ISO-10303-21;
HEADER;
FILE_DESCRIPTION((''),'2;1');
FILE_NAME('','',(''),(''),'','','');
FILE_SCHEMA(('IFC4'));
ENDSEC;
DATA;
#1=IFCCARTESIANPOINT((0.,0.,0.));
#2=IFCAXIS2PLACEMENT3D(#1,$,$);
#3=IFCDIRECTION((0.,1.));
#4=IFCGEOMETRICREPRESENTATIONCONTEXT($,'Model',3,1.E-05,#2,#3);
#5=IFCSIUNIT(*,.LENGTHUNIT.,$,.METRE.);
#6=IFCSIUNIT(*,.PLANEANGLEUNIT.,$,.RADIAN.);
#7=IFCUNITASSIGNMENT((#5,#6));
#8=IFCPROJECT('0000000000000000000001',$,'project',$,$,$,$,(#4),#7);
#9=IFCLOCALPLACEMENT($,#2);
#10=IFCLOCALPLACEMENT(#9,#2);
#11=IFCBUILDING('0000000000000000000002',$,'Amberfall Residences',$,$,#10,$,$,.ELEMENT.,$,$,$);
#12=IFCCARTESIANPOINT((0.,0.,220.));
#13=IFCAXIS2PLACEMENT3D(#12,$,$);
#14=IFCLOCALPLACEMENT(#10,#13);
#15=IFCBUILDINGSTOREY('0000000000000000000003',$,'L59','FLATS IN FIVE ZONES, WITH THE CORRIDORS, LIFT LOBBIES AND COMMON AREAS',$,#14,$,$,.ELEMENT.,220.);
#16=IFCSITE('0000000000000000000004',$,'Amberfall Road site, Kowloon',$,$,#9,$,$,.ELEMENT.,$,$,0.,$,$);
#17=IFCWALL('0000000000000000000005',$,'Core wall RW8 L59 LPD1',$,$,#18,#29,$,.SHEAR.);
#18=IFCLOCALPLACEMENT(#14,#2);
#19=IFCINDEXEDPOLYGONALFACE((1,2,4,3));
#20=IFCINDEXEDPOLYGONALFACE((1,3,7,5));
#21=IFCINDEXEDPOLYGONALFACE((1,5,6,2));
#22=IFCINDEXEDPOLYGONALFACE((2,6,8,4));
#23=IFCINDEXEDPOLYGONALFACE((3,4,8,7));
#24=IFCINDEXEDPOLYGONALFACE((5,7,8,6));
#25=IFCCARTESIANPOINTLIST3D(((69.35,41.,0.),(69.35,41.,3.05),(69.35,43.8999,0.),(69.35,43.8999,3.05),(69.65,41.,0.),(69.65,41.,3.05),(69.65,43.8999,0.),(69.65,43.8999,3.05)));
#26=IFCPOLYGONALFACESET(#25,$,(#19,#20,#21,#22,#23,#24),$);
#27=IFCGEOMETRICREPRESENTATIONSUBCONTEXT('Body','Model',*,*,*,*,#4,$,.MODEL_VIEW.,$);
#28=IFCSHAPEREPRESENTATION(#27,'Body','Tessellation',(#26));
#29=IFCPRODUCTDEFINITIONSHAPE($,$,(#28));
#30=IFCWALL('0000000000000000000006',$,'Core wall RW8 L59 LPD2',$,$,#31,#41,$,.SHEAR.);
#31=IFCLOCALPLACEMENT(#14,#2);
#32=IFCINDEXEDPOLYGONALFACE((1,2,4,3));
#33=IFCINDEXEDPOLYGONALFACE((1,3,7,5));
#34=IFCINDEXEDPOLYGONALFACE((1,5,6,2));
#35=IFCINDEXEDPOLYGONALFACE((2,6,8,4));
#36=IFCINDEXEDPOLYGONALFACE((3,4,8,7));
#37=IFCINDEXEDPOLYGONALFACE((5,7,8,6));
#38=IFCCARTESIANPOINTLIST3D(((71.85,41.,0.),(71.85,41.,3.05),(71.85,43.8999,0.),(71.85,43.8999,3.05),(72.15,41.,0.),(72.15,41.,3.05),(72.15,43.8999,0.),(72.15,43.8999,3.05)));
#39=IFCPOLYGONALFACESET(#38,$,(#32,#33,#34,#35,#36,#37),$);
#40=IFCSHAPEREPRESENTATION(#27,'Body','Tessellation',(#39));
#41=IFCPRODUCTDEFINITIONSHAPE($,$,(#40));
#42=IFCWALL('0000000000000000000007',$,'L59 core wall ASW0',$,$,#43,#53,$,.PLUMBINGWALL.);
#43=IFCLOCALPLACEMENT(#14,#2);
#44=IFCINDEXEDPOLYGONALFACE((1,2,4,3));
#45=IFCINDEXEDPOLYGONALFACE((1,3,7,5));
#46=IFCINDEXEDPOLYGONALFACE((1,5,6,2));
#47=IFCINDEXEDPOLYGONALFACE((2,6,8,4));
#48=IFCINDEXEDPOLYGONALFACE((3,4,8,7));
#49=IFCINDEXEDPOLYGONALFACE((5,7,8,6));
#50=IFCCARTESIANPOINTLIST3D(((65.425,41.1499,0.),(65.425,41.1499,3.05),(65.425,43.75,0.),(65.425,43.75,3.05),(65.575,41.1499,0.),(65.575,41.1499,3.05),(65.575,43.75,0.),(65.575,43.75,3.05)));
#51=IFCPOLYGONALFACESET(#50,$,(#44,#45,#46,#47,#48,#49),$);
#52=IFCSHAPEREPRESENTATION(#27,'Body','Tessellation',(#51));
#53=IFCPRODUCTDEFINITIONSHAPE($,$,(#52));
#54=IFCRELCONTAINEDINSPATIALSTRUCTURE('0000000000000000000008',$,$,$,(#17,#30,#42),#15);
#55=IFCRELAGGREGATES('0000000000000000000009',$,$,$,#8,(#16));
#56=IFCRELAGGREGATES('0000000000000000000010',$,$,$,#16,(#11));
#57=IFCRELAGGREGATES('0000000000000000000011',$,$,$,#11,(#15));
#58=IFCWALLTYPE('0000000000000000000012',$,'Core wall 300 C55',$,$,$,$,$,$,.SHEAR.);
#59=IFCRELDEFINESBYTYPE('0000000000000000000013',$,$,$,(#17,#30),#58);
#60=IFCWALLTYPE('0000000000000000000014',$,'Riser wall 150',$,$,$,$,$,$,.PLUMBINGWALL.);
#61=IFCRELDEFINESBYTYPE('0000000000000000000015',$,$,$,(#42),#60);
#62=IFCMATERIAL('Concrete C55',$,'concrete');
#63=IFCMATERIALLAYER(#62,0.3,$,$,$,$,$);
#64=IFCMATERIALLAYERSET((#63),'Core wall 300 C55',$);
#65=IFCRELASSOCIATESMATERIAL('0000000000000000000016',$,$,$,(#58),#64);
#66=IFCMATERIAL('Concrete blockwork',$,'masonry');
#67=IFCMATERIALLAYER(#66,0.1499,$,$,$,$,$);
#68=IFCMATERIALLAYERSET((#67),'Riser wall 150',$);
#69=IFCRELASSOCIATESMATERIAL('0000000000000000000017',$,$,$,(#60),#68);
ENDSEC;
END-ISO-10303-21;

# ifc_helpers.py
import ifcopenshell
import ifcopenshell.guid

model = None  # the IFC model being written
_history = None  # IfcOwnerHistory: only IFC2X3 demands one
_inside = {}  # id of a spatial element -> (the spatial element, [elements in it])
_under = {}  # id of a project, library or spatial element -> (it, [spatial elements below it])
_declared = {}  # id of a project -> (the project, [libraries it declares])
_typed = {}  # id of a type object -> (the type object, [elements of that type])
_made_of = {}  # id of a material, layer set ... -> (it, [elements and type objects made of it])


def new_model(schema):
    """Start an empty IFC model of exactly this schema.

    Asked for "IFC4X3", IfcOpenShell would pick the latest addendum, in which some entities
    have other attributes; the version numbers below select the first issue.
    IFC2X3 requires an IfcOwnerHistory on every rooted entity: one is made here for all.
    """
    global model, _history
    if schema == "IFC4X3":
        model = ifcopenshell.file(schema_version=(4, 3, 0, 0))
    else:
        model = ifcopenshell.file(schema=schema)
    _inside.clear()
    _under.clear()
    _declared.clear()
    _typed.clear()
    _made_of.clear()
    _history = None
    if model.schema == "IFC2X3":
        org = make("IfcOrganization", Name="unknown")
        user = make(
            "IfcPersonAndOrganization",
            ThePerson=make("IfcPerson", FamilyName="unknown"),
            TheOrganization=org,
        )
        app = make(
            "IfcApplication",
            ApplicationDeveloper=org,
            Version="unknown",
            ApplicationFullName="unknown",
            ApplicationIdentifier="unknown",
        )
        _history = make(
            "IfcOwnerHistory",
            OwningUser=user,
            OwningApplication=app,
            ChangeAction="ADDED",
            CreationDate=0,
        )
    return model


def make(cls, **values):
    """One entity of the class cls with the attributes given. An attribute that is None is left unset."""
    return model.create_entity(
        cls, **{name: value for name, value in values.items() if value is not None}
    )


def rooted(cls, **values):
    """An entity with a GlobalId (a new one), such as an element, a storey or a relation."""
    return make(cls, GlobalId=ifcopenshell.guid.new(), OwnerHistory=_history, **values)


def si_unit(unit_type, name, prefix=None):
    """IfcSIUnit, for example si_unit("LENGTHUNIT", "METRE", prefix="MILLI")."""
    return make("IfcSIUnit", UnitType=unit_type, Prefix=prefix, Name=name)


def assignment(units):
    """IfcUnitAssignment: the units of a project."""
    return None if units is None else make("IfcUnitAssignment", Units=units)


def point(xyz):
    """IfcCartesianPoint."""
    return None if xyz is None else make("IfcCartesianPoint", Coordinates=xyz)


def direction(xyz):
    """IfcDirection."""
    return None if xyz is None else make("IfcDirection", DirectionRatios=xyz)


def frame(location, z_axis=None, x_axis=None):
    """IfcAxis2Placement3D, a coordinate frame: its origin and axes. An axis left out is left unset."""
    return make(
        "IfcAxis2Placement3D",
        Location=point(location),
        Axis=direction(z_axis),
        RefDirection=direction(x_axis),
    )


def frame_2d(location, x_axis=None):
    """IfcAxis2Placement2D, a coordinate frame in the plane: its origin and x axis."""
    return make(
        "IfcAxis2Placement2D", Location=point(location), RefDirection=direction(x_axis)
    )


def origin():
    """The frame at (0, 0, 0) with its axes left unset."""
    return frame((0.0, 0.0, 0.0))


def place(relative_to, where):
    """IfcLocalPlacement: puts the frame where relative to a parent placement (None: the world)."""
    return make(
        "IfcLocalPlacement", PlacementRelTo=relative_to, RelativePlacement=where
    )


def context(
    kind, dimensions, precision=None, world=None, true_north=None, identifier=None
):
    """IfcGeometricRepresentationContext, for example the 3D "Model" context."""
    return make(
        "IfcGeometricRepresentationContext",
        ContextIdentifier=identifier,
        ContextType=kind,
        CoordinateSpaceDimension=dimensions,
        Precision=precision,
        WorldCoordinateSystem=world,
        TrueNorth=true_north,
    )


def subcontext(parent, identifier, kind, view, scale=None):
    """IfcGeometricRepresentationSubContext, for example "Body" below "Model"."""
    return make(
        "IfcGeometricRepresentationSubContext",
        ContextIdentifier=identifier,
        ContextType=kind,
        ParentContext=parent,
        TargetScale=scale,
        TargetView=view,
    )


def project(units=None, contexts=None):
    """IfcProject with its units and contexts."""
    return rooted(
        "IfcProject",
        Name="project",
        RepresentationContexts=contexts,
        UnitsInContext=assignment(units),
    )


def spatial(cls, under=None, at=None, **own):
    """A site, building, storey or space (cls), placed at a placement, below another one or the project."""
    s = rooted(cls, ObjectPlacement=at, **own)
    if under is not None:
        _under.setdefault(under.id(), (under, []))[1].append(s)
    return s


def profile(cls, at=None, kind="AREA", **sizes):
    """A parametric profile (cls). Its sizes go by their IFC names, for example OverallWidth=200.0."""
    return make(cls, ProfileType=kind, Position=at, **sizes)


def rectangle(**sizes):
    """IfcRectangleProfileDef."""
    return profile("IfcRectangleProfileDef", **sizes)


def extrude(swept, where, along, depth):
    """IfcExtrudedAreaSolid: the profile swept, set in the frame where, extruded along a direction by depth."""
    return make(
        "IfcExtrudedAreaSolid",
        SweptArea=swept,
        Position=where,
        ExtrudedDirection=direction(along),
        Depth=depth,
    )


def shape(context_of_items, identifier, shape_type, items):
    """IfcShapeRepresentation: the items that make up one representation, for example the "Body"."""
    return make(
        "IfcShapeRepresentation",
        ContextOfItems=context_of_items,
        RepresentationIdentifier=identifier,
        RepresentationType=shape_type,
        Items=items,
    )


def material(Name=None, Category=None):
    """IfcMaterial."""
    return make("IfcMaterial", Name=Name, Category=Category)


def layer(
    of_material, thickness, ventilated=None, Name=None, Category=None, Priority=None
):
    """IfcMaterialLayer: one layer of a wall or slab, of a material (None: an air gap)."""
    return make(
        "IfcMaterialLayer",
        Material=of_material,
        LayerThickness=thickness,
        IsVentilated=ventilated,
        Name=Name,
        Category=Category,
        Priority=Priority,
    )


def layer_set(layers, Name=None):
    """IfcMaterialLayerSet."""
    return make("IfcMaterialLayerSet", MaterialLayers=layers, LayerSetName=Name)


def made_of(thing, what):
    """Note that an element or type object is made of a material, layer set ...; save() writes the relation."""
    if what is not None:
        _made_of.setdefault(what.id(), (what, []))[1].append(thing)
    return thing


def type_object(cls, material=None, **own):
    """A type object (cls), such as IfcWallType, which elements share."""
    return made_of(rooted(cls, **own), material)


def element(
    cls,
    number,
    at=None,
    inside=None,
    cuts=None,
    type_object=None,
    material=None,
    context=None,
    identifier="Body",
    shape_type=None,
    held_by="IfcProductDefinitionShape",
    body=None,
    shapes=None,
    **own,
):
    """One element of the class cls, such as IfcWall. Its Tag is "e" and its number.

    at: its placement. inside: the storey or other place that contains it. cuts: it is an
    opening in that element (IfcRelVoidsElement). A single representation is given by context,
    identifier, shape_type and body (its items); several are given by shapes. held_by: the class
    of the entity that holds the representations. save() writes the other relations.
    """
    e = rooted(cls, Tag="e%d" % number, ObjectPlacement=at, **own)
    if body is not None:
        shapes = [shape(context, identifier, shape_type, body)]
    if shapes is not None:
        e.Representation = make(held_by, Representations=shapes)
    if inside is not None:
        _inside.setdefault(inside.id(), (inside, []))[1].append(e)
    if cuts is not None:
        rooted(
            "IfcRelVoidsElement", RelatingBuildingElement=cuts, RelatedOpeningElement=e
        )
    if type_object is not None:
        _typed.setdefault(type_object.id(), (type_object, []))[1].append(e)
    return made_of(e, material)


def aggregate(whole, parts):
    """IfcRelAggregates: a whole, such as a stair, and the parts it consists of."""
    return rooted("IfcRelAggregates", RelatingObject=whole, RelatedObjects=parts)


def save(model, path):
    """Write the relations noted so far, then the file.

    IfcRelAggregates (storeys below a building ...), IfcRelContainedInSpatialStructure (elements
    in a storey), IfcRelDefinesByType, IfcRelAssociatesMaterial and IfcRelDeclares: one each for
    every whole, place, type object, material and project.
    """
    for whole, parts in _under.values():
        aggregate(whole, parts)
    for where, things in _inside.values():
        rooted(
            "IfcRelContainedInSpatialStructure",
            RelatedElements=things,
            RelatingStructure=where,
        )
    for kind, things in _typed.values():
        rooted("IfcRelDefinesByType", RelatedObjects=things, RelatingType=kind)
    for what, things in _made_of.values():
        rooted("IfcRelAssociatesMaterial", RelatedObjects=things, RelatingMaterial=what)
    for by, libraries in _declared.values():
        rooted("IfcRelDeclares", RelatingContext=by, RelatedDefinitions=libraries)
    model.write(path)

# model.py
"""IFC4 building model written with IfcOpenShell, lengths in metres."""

from ifc_helpers import new_model, si_unit, direction, frame, frame_2d, origin, place, context, subcontext, project, spatial, rectangle, extrude, material, layer, layer_set, type_object, element, save


model = new_model("IFC4")

# Units and contexts
model_context = context("Model", 3, precision=1e-05, world=origin(), true_north=direction((0.0, 1.0)))
body_context = subcontext(model_context, "Body", "Model", "MODEL_VIEW")
ifc_project = project(units=[si_unit("LENGTHUNIT", "METRE"), si_unit("PLANEANGLEUNIT", "RADIAN")], contexts=[model_context])

# Site, building, storey
site_placement = place(None, origin())
site = spatial("IfcSite", under=ifc_project, at=site_placement, Name="Amberfall Road site, Kowloon", CompositionType="ELEMENT", RefElevation=0.0)
building_placement = place(site_placement, origin())
building = spatial("IfcBuilding", under=site, at=building_placement, Name="Amberfall Residences", CompositionType="ELEMENT")
storey_placement = place(building_placement, frame((0.0, 0.0, 220.0)))
storey = spatial("IfcBuildingStorey", under=building, at=storey_placement, Name="L59", Description="FLATS IN FIVE ZONES, WITH THE CORRIDORS, LIFT LOBBIES AND COMMON AREAS", CompositionType="ELEMENT", Elevation=220.0)

# Shared definitions
ifc_material_1 = material(Name="Concrete C55", Category="concrete")
ifc_layer_1 = layer(ifc_material_1, 0.3)
ifc_layer_set_1 = layer_set([ifc_layer_1], Name="Core wall 300 C55")
wall_type_1 = type_object("IfcWallType", Name="Core wall 300 C55", PredefinedType="SHEAR", material=ifc_layer_set_1)

# Walls
for number, where, z_axis, x_axis, name in (
    (1, (69.5, 41.0, 0.0), (0.0, 0.0, 1.0), (0.0, 1.0, 0.0), "Core wall RW8 L59 LPD1"),
    (2, (72.0, 41.0, 0.0), (0.0, 0.0, 1.0), (0.0, 1.0, 0.0), "Core wall RW8 L59 LPD2"),
):
    element("IfcWall", number, at=place(storey_placement, frame(where, z_axis=z_axis, x_axis=x_axis)), inside=storey, type_object=wall_type_1, Name=name, PredefinedType="SHEAR", context=body_context, shape_type="SweptSolid", body=[
        extrude(rectangle(XDim=2.8999, YDim=0.3, at=frame_2d((1.45, 0.0))), origin(), (0.0, 0.0, 1.0), 3.05),
    ])
ifc_material_2 = material(Name="Concrete blockwork", Category="masonry")
ifc_layer_2 = layer(ifc_material_2, 0.1499)
ifc_layer_set_2 = layer_set([ifc_layer_2], Name="Riser wall 150")
wall_type_2 = type_object("IfcWallType", Name="Riser wall 150", PredefinedType="PLUMBINGWALL", material=ifc_layer_set_2)
wall_1_placement = place(storey_placement, frame((65.5, 41.1499, 0.0), z_axis=(0.0, 0.0, 1.0), x_axis=(0.0, 1.0, 0.0)))
element("IfcWall", 3, at=wall_1_placement, inside=storey, type_object=wall_type_2, Name="L59 core wall ASW0", PredefinedType="PLUMBINGWALL", context=body_context, shape_type="SweptSolid", body=[
    extrude(rectangle(XDim=2.6001, YDim=0.1499, at=frame_2d((1.3, 0.0))), origin(), (0.0, 0.0, 1.0), 3.05),
])

save(model, "model.ifc")
